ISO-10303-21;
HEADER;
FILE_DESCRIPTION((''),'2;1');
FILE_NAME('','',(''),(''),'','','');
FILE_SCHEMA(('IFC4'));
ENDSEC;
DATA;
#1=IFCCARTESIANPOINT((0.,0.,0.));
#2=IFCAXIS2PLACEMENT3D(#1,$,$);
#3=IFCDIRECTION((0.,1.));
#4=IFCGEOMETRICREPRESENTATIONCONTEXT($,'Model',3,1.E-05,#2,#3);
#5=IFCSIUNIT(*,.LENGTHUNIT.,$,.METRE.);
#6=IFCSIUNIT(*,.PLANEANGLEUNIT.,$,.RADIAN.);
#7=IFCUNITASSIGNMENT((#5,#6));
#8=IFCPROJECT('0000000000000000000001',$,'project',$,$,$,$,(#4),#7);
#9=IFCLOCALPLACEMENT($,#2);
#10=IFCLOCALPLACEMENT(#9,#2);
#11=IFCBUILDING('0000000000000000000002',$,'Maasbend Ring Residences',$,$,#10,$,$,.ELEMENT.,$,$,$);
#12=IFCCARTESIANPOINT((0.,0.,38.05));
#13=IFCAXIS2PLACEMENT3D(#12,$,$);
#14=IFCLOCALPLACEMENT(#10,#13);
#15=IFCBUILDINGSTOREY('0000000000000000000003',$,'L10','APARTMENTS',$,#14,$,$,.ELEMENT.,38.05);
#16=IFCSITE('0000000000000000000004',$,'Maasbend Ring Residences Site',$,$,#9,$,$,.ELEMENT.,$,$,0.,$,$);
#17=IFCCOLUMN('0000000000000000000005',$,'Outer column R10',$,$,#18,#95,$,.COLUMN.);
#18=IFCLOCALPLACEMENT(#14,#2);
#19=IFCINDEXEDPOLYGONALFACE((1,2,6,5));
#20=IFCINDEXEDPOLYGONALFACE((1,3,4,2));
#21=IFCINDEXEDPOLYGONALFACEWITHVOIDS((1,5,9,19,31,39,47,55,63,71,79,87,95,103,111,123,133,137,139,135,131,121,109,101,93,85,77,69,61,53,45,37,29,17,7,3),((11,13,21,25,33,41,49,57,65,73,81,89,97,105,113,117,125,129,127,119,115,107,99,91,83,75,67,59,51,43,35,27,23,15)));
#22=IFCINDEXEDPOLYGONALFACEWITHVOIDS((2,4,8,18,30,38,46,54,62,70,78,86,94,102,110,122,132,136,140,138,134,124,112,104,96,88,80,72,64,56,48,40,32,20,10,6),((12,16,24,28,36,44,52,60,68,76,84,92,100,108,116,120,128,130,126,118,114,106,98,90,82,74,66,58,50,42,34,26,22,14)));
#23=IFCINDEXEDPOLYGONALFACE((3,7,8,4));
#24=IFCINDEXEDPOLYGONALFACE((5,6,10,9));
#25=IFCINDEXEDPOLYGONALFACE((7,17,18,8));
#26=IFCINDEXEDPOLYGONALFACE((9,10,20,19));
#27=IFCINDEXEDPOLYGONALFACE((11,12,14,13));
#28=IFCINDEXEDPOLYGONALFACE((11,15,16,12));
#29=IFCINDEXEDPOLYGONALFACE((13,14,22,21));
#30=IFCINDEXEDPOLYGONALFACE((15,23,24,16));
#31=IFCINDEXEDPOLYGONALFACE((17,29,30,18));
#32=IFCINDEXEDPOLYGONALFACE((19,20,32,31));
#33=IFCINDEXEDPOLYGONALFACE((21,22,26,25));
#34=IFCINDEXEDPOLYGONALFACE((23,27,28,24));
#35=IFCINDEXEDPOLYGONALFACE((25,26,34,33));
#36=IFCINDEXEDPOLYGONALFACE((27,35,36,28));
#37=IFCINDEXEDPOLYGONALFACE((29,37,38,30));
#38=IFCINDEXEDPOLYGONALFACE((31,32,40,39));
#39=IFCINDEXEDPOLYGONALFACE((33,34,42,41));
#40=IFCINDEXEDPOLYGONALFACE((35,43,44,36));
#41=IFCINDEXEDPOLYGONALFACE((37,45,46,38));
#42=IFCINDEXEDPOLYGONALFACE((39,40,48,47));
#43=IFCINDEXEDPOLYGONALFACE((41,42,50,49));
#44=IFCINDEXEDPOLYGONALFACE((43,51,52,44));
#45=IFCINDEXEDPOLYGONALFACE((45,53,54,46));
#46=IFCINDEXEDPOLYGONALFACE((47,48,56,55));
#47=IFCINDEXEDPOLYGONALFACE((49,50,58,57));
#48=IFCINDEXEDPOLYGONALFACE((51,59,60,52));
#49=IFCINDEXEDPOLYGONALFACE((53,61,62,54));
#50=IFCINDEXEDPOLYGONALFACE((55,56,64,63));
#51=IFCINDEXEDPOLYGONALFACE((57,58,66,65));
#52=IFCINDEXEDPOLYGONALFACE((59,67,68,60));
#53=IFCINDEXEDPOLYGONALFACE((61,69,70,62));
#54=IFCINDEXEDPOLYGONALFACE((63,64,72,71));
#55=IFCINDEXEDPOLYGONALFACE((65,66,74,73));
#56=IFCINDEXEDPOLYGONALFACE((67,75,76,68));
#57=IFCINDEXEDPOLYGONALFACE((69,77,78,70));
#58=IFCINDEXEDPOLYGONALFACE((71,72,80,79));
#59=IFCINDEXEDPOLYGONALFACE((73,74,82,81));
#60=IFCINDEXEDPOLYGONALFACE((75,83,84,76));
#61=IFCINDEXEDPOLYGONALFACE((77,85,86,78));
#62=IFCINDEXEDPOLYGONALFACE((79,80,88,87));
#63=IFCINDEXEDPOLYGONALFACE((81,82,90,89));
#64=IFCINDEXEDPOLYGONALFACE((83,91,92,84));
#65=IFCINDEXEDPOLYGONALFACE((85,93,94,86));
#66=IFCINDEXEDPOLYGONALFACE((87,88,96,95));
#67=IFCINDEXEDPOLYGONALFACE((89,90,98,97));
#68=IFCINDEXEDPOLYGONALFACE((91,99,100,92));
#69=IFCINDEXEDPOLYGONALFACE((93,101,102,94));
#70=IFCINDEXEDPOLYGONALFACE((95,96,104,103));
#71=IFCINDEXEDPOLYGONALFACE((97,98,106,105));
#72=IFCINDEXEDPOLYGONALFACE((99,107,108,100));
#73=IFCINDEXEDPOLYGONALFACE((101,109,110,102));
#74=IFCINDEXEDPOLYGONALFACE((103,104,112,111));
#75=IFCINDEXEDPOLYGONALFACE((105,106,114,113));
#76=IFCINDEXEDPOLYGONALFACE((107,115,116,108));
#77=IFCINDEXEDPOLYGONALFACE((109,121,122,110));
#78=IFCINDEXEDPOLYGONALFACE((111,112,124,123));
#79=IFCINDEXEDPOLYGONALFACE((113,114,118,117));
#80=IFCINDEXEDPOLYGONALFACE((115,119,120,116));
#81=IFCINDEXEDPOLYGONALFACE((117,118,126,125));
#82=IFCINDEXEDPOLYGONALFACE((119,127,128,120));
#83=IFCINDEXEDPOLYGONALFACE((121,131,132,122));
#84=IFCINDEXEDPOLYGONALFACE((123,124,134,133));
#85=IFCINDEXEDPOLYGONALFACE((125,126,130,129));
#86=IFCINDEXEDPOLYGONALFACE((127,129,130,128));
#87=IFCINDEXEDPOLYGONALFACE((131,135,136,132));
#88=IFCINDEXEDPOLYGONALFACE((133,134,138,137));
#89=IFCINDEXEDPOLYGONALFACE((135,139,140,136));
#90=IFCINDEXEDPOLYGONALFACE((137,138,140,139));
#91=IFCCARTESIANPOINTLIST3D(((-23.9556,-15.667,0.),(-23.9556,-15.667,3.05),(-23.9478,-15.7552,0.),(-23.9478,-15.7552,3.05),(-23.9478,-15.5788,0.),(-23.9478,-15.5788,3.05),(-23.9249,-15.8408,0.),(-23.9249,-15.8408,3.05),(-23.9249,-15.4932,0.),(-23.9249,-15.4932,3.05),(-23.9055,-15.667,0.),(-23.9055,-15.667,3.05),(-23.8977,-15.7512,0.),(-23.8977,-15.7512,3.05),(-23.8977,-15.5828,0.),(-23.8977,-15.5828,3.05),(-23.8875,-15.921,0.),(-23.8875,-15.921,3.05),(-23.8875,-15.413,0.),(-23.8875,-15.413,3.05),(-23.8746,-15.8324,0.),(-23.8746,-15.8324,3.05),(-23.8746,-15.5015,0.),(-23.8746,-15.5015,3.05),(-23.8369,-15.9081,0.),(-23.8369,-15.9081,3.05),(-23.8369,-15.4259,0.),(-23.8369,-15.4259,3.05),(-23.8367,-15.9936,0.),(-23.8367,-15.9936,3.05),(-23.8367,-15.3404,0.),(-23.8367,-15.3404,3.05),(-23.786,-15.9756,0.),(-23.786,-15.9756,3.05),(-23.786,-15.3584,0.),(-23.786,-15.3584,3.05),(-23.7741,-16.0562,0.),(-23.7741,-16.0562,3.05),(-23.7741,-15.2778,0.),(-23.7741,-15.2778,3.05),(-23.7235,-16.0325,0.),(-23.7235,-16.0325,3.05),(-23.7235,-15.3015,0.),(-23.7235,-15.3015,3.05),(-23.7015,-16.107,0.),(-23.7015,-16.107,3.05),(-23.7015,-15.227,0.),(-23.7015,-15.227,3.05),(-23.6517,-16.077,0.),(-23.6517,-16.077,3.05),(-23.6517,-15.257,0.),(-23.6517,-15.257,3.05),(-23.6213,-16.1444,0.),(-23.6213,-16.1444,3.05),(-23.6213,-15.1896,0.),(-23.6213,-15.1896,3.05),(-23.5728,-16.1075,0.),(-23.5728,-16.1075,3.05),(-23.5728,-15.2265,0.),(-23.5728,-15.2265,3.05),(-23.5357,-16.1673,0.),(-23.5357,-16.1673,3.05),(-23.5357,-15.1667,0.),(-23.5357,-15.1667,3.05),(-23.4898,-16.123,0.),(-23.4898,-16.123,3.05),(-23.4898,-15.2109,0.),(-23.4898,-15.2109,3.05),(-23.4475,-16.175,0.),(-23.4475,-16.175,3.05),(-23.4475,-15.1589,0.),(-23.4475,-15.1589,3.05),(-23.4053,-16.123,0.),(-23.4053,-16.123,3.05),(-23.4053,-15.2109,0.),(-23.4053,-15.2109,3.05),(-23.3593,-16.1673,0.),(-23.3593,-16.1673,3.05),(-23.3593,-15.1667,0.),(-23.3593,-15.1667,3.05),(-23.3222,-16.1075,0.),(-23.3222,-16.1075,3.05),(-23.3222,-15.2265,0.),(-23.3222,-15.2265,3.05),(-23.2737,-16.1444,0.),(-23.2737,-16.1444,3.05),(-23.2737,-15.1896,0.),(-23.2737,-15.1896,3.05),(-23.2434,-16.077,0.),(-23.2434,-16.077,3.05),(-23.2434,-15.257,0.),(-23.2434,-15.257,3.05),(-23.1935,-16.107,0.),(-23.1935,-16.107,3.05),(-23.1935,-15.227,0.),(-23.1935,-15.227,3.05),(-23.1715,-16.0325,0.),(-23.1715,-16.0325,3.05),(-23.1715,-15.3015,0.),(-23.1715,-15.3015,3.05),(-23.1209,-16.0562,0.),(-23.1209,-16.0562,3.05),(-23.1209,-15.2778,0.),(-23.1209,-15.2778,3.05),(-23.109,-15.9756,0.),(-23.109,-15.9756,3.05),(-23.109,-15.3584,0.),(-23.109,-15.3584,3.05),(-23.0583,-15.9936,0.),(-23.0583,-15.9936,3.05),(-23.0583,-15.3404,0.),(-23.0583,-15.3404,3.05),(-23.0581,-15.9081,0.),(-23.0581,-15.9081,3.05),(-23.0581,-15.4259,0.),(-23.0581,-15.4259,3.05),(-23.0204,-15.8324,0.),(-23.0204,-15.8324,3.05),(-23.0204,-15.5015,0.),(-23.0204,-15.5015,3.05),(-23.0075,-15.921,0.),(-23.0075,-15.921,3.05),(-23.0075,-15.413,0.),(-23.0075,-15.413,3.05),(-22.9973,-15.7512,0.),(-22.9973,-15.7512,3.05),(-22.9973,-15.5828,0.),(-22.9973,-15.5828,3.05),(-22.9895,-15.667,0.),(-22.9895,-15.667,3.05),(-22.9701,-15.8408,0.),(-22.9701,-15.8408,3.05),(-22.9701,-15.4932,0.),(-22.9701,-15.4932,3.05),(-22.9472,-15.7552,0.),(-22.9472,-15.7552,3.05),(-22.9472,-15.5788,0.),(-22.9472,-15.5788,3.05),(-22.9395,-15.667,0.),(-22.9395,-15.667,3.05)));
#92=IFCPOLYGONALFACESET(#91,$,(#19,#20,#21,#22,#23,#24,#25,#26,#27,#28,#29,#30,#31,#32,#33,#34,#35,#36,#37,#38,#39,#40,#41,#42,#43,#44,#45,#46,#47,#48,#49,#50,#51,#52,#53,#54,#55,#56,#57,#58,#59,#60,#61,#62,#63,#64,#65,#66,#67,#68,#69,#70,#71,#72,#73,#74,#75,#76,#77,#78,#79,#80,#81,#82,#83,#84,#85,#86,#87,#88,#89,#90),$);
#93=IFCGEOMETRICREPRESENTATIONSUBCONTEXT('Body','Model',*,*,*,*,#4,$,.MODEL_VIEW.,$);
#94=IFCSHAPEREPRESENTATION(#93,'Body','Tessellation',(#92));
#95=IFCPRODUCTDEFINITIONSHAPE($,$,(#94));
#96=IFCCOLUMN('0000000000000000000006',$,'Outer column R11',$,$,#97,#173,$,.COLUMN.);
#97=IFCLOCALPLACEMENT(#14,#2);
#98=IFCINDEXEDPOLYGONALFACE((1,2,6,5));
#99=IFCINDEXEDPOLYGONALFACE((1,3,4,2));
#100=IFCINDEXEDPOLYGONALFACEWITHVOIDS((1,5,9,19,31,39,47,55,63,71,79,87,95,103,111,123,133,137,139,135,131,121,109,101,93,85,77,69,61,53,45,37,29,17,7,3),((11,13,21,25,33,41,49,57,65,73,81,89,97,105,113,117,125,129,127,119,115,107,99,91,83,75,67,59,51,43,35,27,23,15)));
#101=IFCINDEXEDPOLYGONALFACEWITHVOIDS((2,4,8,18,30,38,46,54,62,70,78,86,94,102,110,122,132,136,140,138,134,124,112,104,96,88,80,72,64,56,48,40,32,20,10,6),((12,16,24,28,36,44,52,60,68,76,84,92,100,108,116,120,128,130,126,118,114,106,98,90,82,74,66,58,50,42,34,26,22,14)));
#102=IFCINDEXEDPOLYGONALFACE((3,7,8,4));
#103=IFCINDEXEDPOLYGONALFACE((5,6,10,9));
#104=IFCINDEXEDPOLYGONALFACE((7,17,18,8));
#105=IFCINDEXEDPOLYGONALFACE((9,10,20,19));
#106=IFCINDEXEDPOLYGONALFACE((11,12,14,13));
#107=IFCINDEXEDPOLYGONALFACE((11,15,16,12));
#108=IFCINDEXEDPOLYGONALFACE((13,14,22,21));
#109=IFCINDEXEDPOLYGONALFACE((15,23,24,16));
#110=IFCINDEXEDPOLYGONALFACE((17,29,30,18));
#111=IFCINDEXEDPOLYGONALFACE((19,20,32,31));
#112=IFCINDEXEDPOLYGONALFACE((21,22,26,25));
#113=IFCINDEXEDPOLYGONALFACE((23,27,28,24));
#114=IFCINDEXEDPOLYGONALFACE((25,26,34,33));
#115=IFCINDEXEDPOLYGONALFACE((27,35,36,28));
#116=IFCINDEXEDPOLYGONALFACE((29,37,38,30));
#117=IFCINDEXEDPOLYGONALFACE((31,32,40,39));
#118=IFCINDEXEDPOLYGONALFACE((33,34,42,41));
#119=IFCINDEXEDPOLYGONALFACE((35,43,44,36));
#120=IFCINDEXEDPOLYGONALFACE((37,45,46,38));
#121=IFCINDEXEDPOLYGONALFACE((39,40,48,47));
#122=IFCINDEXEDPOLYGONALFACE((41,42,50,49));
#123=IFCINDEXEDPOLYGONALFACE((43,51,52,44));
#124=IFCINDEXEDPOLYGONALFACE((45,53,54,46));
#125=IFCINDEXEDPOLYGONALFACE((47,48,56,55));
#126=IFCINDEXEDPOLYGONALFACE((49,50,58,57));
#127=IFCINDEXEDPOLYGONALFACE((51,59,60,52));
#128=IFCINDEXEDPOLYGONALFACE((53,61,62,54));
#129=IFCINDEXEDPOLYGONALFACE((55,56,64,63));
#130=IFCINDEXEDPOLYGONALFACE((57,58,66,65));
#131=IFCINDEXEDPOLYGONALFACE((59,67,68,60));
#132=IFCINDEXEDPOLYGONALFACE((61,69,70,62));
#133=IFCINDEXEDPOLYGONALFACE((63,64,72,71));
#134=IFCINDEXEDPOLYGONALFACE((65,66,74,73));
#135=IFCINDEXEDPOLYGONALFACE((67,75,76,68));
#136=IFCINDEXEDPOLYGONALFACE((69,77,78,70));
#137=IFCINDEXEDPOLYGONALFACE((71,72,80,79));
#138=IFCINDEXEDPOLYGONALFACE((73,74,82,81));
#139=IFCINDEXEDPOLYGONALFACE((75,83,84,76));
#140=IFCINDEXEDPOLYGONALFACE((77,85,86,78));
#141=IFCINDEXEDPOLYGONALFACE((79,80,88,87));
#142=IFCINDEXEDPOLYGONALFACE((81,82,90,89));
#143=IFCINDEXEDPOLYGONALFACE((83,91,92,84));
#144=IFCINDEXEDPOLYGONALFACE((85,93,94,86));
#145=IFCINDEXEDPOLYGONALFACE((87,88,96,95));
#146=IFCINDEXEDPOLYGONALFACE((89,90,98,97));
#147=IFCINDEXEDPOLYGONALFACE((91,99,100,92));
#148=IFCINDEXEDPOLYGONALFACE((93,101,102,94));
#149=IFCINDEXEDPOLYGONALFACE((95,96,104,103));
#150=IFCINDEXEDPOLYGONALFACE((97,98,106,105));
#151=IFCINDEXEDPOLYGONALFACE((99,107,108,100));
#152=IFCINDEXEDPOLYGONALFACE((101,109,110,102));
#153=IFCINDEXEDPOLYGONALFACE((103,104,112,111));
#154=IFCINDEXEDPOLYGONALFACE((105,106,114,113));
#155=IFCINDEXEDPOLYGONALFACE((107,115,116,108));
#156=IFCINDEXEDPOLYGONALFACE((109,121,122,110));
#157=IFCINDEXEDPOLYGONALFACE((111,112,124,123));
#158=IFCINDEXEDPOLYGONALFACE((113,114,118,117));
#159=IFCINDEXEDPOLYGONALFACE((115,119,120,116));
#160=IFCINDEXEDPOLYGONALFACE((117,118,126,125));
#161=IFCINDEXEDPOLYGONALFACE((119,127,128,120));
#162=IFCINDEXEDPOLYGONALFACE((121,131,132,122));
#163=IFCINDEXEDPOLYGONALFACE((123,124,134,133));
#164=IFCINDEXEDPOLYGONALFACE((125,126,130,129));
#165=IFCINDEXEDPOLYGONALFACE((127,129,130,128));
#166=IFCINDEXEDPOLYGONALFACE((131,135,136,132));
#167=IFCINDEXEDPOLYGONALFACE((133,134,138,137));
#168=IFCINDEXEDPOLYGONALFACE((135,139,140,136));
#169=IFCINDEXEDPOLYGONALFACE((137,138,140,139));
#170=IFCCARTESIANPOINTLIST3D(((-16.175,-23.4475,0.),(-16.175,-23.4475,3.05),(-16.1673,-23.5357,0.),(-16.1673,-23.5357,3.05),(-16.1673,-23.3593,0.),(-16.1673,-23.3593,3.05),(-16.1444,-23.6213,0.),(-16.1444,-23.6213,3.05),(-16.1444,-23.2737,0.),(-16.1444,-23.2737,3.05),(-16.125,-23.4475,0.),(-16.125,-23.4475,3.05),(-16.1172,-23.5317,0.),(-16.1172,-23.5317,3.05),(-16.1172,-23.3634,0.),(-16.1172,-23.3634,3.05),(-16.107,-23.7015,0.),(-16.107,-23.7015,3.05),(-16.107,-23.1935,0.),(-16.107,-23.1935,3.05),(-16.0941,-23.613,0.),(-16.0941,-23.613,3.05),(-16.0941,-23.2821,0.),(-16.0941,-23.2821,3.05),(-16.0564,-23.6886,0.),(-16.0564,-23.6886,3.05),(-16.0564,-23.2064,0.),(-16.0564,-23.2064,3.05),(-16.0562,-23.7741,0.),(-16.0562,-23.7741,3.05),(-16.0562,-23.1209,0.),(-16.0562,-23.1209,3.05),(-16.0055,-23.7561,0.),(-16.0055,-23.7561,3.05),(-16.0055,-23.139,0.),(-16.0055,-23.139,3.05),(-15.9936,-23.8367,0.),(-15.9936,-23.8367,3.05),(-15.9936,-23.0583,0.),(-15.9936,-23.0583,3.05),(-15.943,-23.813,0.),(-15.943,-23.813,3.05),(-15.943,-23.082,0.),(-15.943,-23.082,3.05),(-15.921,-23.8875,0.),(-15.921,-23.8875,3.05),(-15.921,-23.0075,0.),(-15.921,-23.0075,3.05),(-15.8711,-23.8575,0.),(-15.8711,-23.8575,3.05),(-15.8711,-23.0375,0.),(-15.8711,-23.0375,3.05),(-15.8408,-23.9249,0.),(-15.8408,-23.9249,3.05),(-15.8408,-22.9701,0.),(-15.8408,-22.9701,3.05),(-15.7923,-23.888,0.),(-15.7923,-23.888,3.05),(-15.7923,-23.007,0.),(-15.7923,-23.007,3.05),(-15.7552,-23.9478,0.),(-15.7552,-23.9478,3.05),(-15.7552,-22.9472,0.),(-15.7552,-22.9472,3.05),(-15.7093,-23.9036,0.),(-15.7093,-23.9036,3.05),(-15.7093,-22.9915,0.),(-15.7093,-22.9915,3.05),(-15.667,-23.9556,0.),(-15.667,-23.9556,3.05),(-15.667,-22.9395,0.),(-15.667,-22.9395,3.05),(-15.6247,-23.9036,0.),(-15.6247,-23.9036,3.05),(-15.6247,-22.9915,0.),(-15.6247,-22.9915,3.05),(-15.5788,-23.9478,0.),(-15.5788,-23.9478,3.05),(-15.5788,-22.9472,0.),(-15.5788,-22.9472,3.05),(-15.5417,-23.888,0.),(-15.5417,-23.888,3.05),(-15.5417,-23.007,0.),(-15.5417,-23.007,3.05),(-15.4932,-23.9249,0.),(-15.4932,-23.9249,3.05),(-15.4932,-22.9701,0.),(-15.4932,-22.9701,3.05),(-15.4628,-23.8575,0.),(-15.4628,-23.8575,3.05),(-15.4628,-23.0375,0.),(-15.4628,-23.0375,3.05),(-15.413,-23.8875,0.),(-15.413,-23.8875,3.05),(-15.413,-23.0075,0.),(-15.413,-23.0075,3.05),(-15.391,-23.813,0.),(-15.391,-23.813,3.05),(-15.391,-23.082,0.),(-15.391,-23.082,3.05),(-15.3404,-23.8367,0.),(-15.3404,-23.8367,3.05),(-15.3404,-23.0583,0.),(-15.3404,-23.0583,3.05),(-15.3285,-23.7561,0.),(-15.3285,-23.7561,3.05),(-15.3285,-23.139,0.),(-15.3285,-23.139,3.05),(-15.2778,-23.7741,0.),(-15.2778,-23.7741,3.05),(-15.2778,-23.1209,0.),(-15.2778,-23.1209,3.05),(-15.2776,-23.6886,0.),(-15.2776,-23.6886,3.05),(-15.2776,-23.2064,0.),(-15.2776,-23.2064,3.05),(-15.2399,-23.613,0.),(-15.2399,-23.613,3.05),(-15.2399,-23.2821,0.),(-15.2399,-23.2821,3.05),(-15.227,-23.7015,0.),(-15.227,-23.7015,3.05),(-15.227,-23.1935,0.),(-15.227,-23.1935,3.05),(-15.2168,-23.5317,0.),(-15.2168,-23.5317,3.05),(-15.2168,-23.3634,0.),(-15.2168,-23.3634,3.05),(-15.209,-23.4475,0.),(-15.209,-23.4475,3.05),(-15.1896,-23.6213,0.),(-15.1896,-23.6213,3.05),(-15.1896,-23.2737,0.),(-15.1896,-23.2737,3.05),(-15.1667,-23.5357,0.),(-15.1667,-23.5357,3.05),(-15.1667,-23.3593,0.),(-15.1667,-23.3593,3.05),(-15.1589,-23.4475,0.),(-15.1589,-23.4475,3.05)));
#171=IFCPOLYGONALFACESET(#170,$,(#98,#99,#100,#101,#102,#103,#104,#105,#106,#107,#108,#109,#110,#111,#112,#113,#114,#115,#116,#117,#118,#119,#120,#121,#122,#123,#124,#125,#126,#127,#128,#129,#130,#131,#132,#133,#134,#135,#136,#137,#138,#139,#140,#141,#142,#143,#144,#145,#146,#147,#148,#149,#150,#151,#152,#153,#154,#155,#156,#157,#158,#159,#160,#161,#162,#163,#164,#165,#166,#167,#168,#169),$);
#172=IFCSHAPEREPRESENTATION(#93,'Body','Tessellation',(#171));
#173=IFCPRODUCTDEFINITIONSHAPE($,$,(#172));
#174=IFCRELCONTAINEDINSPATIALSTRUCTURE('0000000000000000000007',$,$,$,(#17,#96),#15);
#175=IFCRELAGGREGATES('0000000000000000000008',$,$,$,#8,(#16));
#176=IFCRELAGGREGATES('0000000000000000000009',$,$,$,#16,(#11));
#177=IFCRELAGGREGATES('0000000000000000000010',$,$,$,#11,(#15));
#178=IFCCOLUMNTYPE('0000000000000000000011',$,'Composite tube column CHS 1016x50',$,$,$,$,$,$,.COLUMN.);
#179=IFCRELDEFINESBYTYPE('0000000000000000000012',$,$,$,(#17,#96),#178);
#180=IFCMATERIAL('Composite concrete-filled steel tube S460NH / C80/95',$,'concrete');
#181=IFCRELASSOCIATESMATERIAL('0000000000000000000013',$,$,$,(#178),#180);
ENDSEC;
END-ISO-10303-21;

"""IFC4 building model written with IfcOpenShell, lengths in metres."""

from ifc_helpers import new_model, si_unit, direction, frame, origin, origin_2d, place, context, subcontext, project, spatial, hollow_circle, extrude, material, material_profile, profile_set, type_object, element, save


model = new_model("IFC4")

# Units and contexts
model_context = context("Model", 3, precision=1e-05, world=origin(), true_north=direction((0.0, 1.0)))
body_context = subcontext(model_context, "Body", "Model", "MODEL_VIEW")
ifc_project = project(units=[si_unit("LENGTHUNIT", "METRE"), si_unit("PLANEANGLEUNIT", "RADIAN")], contexts=[model_context])

# Site, building, storey
site_placement = place(None, origin())
site = spatial("IfcSite", under=ifc_project, at=site_placement, Name="Maasbend Ring Residences Site", CompositionType="ELEMENT", RefElevation=0.0)
building_placement = place(site_placement, origin())
building = spatial("IfcBuilding", under=site, at=building_placement, Name="Maasbend Ring Residences", CompositionType="ELEMENT")
storey_placement = place(building_placement, frame((0.0, 0.0, 38.05)))
storey = spatial("IfcBuildingStorey", under=building, at=storey_placement, Name="L10", Description="APARTMENTS", CompositionType="ELEMENT", Elevation=38.05)

# Columns
ifc_material_1 = material(Name="Composite concrete-filled steel tube S460NH / C80/95", Category="concrete")
ifc_material_profile_1 = material_profile(ifc_material_1, hollow_circle(Radius=0.5081, WallThickness=0.05, at=origin_2d()), Name="Composite tube column CHS 1016x50")
ifc_profile_set_1 = profile_set([ifc_material_profile_1], Name="Composite concrete-filled steel tube S460NH / C80/95")
column_type = type_object("IfcColumnType", Name="Composite tube column CHS 1016x50", PredefinedType="COLUMN", material=ifc_profile_set_1)
for number, where, z_axis, x_axis, name in (
    (1, (-23.4475, -15.667, 0.0), (0.0, 0.0, 1.0), (1.0, 0.0, 0.0), "Outer column R10"),
    (2, (-15.667, -23.4475, 0.0), (0.0, 0.0, 1.0), (1.0, 0.0, 0.0), "Outer column R11"),
):
    element("IfcColumn", number, at=place(storey_placement, frame(where, z_axis=z_axis, x_axis=x_axis)), inside=storey, type_object=column_type, Name=name, PredefinedType="COLUMN", context=body_context, shape_type="SweptSolid", body=[
        extrude(hollow_circle(Radius=0.5081, WallThickness=0.05, at=origin_2d()), origin(), (0.0, 0.0, 1.0), 3.05),
    ])

save(model, "model.ifc")
